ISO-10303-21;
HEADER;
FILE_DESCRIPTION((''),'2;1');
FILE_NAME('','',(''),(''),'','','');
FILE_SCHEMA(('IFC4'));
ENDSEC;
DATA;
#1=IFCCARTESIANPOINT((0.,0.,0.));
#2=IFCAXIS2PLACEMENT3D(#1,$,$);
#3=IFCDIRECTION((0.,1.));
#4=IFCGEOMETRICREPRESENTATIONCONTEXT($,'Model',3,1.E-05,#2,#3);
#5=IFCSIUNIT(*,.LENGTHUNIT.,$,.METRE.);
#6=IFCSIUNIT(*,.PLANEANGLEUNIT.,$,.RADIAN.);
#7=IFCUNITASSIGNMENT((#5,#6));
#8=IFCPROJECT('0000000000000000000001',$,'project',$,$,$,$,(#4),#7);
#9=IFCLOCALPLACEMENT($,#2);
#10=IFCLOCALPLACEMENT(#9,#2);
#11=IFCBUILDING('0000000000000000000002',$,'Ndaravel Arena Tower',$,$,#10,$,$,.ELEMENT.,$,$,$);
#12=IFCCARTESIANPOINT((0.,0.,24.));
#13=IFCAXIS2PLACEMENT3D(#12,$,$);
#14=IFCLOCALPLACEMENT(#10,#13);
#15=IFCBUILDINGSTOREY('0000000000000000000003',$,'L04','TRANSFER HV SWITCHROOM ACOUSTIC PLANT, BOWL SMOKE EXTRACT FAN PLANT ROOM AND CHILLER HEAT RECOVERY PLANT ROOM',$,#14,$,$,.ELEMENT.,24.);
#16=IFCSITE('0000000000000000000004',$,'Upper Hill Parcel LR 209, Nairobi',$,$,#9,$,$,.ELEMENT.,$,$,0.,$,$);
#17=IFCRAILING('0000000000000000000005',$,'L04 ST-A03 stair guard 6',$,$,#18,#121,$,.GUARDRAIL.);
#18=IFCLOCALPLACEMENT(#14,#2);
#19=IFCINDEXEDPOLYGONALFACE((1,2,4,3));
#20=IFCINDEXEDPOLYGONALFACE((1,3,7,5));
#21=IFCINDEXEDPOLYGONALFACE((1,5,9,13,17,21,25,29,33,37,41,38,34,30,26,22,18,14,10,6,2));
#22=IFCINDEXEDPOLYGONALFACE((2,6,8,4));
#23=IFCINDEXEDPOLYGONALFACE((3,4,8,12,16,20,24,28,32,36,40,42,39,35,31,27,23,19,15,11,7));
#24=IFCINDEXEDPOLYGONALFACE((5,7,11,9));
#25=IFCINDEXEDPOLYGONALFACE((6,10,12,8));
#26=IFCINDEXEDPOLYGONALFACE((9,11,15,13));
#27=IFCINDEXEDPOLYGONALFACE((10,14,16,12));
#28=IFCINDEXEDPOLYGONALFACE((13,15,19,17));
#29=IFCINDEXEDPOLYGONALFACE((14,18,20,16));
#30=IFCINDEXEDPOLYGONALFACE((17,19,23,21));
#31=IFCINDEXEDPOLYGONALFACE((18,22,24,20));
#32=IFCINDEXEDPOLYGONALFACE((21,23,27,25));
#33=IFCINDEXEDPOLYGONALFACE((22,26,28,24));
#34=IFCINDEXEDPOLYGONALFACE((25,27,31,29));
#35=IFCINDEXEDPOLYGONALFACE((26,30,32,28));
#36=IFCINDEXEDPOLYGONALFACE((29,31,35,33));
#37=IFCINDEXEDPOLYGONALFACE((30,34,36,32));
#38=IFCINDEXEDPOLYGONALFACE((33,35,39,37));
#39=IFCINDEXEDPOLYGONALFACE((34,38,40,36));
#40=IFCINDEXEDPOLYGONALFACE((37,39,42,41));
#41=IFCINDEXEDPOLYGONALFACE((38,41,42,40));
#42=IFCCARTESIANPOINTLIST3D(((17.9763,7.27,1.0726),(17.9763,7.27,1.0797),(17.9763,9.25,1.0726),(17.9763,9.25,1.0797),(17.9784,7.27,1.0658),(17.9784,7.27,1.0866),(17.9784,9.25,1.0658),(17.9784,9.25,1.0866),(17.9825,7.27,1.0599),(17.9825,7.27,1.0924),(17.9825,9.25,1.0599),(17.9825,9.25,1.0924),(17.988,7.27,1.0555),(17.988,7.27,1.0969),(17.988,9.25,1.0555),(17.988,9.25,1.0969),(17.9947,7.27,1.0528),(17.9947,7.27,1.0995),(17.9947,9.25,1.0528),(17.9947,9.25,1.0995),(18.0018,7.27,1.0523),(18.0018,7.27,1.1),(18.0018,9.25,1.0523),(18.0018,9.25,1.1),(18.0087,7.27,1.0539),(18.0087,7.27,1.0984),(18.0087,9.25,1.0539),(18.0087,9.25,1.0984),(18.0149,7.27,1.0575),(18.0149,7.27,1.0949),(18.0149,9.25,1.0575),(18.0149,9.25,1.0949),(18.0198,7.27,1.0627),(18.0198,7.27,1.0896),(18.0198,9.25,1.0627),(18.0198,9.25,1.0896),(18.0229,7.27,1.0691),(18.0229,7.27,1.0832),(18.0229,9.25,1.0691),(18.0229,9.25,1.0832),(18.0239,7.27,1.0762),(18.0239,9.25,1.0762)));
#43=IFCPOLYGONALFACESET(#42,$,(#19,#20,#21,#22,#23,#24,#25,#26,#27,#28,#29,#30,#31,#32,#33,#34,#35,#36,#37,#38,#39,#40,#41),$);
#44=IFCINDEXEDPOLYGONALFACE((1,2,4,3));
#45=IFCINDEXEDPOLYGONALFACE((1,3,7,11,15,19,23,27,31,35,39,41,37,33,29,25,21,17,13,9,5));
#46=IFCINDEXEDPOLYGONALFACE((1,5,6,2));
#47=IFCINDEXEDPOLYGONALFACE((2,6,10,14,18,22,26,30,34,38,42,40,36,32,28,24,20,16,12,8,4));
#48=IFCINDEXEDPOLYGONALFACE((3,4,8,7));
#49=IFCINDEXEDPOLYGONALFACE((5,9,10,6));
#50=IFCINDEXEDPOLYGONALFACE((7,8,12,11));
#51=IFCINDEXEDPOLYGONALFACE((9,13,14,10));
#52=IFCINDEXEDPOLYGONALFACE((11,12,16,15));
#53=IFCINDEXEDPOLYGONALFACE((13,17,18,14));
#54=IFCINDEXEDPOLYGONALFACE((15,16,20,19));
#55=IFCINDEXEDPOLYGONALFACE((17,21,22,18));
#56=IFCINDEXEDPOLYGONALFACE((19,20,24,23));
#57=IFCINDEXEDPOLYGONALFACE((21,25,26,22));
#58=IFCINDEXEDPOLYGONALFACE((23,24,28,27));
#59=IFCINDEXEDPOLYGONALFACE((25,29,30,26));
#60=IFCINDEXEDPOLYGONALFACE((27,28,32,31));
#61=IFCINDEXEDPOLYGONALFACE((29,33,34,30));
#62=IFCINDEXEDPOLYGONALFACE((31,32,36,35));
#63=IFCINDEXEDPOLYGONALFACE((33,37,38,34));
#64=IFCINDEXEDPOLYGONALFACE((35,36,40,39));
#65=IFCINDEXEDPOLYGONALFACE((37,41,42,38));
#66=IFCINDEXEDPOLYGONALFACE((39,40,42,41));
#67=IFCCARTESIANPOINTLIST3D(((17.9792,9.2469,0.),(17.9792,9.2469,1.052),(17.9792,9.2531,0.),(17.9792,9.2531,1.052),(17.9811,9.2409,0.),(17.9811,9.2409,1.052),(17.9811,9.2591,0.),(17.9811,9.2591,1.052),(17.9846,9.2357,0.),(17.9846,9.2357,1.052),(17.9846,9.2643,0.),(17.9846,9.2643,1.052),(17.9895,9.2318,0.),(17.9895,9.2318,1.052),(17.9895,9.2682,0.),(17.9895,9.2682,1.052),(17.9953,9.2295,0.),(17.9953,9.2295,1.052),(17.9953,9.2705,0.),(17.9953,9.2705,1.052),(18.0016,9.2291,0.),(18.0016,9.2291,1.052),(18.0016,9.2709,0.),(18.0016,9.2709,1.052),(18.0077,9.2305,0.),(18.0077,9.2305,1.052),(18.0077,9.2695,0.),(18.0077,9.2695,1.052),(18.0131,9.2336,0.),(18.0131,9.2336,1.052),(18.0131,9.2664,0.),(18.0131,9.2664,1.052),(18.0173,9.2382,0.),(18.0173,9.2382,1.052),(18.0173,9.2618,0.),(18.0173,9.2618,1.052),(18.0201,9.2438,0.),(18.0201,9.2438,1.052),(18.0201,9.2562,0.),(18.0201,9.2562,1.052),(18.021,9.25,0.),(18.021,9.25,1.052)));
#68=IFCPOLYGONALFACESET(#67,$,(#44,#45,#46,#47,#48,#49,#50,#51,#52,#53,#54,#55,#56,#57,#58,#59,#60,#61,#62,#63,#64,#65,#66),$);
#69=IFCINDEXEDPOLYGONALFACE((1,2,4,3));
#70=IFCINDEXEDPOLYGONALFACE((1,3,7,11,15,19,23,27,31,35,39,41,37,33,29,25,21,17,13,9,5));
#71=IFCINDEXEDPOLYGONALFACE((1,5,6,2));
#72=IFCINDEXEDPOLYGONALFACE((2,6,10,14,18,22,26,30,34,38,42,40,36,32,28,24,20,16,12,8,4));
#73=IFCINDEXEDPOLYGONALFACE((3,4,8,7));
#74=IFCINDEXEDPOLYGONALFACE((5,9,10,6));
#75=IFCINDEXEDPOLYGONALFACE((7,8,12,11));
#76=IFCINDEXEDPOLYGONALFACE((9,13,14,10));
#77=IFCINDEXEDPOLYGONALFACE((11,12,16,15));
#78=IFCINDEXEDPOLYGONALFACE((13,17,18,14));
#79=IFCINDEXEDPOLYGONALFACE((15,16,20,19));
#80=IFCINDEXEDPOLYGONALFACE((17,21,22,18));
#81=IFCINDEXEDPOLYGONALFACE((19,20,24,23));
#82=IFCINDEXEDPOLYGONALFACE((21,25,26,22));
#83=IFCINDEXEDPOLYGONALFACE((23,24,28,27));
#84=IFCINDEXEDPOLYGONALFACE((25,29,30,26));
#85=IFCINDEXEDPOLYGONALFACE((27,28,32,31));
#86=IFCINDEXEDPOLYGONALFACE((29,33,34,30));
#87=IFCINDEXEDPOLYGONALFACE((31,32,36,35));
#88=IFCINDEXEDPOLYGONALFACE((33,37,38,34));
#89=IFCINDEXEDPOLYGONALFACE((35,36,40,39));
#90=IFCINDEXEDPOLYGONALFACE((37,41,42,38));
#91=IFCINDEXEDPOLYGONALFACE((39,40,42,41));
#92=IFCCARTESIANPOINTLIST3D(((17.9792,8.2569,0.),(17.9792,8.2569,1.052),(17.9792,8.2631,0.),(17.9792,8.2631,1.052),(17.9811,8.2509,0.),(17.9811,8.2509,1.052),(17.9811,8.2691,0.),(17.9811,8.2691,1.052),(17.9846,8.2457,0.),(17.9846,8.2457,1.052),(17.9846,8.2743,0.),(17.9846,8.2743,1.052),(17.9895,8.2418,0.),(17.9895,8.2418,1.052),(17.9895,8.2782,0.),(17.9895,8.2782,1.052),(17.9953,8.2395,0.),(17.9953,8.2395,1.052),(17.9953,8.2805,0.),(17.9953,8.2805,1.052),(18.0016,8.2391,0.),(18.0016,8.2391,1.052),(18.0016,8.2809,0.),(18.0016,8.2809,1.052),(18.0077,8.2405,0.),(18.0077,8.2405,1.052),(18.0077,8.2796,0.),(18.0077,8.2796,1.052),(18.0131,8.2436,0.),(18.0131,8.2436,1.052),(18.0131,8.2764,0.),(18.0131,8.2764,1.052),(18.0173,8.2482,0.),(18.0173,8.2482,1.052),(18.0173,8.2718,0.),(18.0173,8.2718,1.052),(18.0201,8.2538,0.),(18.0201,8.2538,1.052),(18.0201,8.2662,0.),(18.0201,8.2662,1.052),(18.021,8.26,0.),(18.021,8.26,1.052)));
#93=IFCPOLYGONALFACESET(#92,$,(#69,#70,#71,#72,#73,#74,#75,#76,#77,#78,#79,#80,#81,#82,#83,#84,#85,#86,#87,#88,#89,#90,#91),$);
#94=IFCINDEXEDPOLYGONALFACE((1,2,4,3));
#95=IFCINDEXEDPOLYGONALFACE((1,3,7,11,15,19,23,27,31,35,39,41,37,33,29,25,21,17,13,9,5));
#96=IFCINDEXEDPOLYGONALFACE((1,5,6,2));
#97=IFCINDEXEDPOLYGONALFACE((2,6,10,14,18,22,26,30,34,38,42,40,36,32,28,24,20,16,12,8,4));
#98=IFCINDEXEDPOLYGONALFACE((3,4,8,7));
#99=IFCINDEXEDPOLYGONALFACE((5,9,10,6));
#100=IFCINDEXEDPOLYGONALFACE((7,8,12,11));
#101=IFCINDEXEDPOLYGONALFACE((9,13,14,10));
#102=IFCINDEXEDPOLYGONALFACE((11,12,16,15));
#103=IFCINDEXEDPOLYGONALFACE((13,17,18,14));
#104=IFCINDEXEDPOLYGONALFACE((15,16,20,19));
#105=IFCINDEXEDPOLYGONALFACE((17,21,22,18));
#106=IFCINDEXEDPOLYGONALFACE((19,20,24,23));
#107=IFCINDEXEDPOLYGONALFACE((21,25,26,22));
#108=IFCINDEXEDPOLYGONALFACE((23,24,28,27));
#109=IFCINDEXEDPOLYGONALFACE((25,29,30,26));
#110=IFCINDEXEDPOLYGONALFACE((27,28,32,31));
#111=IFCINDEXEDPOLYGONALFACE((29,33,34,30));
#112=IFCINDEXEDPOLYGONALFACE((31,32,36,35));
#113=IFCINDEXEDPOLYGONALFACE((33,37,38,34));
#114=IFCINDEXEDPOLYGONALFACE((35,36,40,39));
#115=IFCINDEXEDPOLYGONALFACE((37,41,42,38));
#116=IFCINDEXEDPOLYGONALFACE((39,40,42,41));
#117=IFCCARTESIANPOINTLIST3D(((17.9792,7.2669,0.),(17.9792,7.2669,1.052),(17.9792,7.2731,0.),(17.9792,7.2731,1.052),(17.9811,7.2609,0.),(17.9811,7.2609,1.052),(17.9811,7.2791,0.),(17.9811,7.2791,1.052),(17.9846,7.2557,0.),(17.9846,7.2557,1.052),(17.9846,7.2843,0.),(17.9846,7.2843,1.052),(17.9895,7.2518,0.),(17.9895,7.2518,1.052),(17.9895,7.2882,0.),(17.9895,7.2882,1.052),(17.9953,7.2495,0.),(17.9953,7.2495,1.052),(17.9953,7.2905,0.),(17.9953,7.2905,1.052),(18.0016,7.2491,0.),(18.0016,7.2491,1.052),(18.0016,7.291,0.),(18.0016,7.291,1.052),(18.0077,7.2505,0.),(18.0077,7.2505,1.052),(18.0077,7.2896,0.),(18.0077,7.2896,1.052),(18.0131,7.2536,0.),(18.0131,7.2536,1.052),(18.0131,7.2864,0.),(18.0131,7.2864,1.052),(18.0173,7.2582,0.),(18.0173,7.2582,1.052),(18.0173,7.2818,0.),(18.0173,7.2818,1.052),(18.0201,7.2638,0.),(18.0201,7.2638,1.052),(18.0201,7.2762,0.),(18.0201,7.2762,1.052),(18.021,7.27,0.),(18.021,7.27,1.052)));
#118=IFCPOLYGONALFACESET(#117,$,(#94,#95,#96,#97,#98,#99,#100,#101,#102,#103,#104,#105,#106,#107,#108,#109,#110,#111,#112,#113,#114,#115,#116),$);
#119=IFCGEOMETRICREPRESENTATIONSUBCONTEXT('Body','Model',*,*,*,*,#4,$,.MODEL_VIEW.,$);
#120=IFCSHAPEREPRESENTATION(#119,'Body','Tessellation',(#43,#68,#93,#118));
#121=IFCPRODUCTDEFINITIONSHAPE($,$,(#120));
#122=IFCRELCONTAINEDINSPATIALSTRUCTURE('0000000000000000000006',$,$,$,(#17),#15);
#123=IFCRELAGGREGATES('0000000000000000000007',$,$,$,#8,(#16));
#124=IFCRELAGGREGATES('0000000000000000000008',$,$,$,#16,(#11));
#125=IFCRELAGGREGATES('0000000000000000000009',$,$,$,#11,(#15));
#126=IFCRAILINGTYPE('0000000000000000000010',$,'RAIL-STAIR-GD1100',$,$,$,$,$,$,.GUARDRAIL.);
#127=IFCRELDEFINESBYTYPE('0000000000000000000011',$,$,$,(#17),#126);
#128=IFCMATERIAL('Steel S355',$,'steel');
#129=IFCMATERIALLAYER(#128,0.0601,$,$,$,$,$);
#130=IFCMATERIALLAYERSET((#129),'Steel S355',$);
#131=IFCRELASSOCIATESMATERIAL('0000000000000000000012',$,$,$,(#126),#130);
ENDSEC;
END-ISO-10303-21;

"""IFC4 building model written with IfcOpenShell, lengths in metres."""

from ifc_helpers import new_model, si_unit, direction, frame, origin, origin_2d, place, context, subcontext, project, spatial, circle, extrude, material, layer, layer_set, type_object, element, save


model = new_model("IFC4")

# Units and contexts
model_context = context("Model", 3, precision=1e-05, world=origin(), true_north=direction((0.0, 1.0)))
body_context = subcontext(model_context, "Body", "Model", "MODEL_VIEW")
ifc_project = project(units=[si_unit("LENGTHUNIT", "METRE"), si_unit("PLANEANGLEUNIT", "RADIAN")], contexts=[model_context])

# Site, building, storey
site_placement = place(None, origin())
site = spatial("IfcSite", under=ifc_project, at=site_placement, Name="Upper Hill Parcel LR 209, Nairobi", CompositionType="ELEMENT", RefElevation=0.0)
building_placement = place(site_placement, origin())
building = spatial("IfcBuilding", under=site, at=building_placement, Name="Ndaravel Arena Tower", CompositionType="ELEMENT")
storey_placement = place(building_placement, frame((0.0, 0.0, 24.0)))
storey = spatial("IfcBuildingStorey", under=building, at=storey_placement, Name="L04", Description="TRANSFER HV SWITCHROOM ACOUSTIC PLANT, BOWL SMOKE EXTRACT FAN PLANT ROOM AND CHILLER HEAT RECOVERY PLANT ROOM", CompositionType="ELEMENT", Elevation=24.0)

# Railing
ifc_material_1 = material(Name="Steel S355", Category="steel")
ifc_layer_1 = layer(ifc_material_1, 0.0601)
ifc_layer_set_1 = layer_set([ifc_layer_1], Name="Steel S355")
railing_type_1 = type_object("IfcRailingType", Name="RAIL-STAIR-GD1100", PredefinedType="GUARDRAIL", material=ifc_layer_set_1)
railing_1_placement = place(storey_placement, frame((18.0, 9.25, 0.0)))
element("IfcRailing", 1, at=railing_1_placement, inside=storey, type_object=railing_type_1, Name="L04 ST-A03 stair guard 6", PredefinedType="GUARDRAIL", context=body_context, shape_type="SweptSolid", body=[
    extrude(circle(Radius=0.0239, at=origin_2d()), frame((0.0, 0.0, 1.0762), z_axis=(0.0, -1.0, 0.0), x_axis=(1.0, 0.0, 0.0)), (0.0, 0.0, 1.0), 1.98),
    extrude(circle(Radius=0.021, at=origin_2d()), origin(), (0.0, 0.0, 1.0), 1.052),
    extrude(circle(Radius=0.021, at=origin_2d()), frame((0.0, -0.99, 0.0)), (0.0, 0.0, 1.0), 1.052),
    extrude(circle(Radius=0.021, at=origin_2d()), frame((0.0, -1.98, 0.0)), (0.0, 0.0, 1.0), 1.052),
])

save(model, "model.ifc")
